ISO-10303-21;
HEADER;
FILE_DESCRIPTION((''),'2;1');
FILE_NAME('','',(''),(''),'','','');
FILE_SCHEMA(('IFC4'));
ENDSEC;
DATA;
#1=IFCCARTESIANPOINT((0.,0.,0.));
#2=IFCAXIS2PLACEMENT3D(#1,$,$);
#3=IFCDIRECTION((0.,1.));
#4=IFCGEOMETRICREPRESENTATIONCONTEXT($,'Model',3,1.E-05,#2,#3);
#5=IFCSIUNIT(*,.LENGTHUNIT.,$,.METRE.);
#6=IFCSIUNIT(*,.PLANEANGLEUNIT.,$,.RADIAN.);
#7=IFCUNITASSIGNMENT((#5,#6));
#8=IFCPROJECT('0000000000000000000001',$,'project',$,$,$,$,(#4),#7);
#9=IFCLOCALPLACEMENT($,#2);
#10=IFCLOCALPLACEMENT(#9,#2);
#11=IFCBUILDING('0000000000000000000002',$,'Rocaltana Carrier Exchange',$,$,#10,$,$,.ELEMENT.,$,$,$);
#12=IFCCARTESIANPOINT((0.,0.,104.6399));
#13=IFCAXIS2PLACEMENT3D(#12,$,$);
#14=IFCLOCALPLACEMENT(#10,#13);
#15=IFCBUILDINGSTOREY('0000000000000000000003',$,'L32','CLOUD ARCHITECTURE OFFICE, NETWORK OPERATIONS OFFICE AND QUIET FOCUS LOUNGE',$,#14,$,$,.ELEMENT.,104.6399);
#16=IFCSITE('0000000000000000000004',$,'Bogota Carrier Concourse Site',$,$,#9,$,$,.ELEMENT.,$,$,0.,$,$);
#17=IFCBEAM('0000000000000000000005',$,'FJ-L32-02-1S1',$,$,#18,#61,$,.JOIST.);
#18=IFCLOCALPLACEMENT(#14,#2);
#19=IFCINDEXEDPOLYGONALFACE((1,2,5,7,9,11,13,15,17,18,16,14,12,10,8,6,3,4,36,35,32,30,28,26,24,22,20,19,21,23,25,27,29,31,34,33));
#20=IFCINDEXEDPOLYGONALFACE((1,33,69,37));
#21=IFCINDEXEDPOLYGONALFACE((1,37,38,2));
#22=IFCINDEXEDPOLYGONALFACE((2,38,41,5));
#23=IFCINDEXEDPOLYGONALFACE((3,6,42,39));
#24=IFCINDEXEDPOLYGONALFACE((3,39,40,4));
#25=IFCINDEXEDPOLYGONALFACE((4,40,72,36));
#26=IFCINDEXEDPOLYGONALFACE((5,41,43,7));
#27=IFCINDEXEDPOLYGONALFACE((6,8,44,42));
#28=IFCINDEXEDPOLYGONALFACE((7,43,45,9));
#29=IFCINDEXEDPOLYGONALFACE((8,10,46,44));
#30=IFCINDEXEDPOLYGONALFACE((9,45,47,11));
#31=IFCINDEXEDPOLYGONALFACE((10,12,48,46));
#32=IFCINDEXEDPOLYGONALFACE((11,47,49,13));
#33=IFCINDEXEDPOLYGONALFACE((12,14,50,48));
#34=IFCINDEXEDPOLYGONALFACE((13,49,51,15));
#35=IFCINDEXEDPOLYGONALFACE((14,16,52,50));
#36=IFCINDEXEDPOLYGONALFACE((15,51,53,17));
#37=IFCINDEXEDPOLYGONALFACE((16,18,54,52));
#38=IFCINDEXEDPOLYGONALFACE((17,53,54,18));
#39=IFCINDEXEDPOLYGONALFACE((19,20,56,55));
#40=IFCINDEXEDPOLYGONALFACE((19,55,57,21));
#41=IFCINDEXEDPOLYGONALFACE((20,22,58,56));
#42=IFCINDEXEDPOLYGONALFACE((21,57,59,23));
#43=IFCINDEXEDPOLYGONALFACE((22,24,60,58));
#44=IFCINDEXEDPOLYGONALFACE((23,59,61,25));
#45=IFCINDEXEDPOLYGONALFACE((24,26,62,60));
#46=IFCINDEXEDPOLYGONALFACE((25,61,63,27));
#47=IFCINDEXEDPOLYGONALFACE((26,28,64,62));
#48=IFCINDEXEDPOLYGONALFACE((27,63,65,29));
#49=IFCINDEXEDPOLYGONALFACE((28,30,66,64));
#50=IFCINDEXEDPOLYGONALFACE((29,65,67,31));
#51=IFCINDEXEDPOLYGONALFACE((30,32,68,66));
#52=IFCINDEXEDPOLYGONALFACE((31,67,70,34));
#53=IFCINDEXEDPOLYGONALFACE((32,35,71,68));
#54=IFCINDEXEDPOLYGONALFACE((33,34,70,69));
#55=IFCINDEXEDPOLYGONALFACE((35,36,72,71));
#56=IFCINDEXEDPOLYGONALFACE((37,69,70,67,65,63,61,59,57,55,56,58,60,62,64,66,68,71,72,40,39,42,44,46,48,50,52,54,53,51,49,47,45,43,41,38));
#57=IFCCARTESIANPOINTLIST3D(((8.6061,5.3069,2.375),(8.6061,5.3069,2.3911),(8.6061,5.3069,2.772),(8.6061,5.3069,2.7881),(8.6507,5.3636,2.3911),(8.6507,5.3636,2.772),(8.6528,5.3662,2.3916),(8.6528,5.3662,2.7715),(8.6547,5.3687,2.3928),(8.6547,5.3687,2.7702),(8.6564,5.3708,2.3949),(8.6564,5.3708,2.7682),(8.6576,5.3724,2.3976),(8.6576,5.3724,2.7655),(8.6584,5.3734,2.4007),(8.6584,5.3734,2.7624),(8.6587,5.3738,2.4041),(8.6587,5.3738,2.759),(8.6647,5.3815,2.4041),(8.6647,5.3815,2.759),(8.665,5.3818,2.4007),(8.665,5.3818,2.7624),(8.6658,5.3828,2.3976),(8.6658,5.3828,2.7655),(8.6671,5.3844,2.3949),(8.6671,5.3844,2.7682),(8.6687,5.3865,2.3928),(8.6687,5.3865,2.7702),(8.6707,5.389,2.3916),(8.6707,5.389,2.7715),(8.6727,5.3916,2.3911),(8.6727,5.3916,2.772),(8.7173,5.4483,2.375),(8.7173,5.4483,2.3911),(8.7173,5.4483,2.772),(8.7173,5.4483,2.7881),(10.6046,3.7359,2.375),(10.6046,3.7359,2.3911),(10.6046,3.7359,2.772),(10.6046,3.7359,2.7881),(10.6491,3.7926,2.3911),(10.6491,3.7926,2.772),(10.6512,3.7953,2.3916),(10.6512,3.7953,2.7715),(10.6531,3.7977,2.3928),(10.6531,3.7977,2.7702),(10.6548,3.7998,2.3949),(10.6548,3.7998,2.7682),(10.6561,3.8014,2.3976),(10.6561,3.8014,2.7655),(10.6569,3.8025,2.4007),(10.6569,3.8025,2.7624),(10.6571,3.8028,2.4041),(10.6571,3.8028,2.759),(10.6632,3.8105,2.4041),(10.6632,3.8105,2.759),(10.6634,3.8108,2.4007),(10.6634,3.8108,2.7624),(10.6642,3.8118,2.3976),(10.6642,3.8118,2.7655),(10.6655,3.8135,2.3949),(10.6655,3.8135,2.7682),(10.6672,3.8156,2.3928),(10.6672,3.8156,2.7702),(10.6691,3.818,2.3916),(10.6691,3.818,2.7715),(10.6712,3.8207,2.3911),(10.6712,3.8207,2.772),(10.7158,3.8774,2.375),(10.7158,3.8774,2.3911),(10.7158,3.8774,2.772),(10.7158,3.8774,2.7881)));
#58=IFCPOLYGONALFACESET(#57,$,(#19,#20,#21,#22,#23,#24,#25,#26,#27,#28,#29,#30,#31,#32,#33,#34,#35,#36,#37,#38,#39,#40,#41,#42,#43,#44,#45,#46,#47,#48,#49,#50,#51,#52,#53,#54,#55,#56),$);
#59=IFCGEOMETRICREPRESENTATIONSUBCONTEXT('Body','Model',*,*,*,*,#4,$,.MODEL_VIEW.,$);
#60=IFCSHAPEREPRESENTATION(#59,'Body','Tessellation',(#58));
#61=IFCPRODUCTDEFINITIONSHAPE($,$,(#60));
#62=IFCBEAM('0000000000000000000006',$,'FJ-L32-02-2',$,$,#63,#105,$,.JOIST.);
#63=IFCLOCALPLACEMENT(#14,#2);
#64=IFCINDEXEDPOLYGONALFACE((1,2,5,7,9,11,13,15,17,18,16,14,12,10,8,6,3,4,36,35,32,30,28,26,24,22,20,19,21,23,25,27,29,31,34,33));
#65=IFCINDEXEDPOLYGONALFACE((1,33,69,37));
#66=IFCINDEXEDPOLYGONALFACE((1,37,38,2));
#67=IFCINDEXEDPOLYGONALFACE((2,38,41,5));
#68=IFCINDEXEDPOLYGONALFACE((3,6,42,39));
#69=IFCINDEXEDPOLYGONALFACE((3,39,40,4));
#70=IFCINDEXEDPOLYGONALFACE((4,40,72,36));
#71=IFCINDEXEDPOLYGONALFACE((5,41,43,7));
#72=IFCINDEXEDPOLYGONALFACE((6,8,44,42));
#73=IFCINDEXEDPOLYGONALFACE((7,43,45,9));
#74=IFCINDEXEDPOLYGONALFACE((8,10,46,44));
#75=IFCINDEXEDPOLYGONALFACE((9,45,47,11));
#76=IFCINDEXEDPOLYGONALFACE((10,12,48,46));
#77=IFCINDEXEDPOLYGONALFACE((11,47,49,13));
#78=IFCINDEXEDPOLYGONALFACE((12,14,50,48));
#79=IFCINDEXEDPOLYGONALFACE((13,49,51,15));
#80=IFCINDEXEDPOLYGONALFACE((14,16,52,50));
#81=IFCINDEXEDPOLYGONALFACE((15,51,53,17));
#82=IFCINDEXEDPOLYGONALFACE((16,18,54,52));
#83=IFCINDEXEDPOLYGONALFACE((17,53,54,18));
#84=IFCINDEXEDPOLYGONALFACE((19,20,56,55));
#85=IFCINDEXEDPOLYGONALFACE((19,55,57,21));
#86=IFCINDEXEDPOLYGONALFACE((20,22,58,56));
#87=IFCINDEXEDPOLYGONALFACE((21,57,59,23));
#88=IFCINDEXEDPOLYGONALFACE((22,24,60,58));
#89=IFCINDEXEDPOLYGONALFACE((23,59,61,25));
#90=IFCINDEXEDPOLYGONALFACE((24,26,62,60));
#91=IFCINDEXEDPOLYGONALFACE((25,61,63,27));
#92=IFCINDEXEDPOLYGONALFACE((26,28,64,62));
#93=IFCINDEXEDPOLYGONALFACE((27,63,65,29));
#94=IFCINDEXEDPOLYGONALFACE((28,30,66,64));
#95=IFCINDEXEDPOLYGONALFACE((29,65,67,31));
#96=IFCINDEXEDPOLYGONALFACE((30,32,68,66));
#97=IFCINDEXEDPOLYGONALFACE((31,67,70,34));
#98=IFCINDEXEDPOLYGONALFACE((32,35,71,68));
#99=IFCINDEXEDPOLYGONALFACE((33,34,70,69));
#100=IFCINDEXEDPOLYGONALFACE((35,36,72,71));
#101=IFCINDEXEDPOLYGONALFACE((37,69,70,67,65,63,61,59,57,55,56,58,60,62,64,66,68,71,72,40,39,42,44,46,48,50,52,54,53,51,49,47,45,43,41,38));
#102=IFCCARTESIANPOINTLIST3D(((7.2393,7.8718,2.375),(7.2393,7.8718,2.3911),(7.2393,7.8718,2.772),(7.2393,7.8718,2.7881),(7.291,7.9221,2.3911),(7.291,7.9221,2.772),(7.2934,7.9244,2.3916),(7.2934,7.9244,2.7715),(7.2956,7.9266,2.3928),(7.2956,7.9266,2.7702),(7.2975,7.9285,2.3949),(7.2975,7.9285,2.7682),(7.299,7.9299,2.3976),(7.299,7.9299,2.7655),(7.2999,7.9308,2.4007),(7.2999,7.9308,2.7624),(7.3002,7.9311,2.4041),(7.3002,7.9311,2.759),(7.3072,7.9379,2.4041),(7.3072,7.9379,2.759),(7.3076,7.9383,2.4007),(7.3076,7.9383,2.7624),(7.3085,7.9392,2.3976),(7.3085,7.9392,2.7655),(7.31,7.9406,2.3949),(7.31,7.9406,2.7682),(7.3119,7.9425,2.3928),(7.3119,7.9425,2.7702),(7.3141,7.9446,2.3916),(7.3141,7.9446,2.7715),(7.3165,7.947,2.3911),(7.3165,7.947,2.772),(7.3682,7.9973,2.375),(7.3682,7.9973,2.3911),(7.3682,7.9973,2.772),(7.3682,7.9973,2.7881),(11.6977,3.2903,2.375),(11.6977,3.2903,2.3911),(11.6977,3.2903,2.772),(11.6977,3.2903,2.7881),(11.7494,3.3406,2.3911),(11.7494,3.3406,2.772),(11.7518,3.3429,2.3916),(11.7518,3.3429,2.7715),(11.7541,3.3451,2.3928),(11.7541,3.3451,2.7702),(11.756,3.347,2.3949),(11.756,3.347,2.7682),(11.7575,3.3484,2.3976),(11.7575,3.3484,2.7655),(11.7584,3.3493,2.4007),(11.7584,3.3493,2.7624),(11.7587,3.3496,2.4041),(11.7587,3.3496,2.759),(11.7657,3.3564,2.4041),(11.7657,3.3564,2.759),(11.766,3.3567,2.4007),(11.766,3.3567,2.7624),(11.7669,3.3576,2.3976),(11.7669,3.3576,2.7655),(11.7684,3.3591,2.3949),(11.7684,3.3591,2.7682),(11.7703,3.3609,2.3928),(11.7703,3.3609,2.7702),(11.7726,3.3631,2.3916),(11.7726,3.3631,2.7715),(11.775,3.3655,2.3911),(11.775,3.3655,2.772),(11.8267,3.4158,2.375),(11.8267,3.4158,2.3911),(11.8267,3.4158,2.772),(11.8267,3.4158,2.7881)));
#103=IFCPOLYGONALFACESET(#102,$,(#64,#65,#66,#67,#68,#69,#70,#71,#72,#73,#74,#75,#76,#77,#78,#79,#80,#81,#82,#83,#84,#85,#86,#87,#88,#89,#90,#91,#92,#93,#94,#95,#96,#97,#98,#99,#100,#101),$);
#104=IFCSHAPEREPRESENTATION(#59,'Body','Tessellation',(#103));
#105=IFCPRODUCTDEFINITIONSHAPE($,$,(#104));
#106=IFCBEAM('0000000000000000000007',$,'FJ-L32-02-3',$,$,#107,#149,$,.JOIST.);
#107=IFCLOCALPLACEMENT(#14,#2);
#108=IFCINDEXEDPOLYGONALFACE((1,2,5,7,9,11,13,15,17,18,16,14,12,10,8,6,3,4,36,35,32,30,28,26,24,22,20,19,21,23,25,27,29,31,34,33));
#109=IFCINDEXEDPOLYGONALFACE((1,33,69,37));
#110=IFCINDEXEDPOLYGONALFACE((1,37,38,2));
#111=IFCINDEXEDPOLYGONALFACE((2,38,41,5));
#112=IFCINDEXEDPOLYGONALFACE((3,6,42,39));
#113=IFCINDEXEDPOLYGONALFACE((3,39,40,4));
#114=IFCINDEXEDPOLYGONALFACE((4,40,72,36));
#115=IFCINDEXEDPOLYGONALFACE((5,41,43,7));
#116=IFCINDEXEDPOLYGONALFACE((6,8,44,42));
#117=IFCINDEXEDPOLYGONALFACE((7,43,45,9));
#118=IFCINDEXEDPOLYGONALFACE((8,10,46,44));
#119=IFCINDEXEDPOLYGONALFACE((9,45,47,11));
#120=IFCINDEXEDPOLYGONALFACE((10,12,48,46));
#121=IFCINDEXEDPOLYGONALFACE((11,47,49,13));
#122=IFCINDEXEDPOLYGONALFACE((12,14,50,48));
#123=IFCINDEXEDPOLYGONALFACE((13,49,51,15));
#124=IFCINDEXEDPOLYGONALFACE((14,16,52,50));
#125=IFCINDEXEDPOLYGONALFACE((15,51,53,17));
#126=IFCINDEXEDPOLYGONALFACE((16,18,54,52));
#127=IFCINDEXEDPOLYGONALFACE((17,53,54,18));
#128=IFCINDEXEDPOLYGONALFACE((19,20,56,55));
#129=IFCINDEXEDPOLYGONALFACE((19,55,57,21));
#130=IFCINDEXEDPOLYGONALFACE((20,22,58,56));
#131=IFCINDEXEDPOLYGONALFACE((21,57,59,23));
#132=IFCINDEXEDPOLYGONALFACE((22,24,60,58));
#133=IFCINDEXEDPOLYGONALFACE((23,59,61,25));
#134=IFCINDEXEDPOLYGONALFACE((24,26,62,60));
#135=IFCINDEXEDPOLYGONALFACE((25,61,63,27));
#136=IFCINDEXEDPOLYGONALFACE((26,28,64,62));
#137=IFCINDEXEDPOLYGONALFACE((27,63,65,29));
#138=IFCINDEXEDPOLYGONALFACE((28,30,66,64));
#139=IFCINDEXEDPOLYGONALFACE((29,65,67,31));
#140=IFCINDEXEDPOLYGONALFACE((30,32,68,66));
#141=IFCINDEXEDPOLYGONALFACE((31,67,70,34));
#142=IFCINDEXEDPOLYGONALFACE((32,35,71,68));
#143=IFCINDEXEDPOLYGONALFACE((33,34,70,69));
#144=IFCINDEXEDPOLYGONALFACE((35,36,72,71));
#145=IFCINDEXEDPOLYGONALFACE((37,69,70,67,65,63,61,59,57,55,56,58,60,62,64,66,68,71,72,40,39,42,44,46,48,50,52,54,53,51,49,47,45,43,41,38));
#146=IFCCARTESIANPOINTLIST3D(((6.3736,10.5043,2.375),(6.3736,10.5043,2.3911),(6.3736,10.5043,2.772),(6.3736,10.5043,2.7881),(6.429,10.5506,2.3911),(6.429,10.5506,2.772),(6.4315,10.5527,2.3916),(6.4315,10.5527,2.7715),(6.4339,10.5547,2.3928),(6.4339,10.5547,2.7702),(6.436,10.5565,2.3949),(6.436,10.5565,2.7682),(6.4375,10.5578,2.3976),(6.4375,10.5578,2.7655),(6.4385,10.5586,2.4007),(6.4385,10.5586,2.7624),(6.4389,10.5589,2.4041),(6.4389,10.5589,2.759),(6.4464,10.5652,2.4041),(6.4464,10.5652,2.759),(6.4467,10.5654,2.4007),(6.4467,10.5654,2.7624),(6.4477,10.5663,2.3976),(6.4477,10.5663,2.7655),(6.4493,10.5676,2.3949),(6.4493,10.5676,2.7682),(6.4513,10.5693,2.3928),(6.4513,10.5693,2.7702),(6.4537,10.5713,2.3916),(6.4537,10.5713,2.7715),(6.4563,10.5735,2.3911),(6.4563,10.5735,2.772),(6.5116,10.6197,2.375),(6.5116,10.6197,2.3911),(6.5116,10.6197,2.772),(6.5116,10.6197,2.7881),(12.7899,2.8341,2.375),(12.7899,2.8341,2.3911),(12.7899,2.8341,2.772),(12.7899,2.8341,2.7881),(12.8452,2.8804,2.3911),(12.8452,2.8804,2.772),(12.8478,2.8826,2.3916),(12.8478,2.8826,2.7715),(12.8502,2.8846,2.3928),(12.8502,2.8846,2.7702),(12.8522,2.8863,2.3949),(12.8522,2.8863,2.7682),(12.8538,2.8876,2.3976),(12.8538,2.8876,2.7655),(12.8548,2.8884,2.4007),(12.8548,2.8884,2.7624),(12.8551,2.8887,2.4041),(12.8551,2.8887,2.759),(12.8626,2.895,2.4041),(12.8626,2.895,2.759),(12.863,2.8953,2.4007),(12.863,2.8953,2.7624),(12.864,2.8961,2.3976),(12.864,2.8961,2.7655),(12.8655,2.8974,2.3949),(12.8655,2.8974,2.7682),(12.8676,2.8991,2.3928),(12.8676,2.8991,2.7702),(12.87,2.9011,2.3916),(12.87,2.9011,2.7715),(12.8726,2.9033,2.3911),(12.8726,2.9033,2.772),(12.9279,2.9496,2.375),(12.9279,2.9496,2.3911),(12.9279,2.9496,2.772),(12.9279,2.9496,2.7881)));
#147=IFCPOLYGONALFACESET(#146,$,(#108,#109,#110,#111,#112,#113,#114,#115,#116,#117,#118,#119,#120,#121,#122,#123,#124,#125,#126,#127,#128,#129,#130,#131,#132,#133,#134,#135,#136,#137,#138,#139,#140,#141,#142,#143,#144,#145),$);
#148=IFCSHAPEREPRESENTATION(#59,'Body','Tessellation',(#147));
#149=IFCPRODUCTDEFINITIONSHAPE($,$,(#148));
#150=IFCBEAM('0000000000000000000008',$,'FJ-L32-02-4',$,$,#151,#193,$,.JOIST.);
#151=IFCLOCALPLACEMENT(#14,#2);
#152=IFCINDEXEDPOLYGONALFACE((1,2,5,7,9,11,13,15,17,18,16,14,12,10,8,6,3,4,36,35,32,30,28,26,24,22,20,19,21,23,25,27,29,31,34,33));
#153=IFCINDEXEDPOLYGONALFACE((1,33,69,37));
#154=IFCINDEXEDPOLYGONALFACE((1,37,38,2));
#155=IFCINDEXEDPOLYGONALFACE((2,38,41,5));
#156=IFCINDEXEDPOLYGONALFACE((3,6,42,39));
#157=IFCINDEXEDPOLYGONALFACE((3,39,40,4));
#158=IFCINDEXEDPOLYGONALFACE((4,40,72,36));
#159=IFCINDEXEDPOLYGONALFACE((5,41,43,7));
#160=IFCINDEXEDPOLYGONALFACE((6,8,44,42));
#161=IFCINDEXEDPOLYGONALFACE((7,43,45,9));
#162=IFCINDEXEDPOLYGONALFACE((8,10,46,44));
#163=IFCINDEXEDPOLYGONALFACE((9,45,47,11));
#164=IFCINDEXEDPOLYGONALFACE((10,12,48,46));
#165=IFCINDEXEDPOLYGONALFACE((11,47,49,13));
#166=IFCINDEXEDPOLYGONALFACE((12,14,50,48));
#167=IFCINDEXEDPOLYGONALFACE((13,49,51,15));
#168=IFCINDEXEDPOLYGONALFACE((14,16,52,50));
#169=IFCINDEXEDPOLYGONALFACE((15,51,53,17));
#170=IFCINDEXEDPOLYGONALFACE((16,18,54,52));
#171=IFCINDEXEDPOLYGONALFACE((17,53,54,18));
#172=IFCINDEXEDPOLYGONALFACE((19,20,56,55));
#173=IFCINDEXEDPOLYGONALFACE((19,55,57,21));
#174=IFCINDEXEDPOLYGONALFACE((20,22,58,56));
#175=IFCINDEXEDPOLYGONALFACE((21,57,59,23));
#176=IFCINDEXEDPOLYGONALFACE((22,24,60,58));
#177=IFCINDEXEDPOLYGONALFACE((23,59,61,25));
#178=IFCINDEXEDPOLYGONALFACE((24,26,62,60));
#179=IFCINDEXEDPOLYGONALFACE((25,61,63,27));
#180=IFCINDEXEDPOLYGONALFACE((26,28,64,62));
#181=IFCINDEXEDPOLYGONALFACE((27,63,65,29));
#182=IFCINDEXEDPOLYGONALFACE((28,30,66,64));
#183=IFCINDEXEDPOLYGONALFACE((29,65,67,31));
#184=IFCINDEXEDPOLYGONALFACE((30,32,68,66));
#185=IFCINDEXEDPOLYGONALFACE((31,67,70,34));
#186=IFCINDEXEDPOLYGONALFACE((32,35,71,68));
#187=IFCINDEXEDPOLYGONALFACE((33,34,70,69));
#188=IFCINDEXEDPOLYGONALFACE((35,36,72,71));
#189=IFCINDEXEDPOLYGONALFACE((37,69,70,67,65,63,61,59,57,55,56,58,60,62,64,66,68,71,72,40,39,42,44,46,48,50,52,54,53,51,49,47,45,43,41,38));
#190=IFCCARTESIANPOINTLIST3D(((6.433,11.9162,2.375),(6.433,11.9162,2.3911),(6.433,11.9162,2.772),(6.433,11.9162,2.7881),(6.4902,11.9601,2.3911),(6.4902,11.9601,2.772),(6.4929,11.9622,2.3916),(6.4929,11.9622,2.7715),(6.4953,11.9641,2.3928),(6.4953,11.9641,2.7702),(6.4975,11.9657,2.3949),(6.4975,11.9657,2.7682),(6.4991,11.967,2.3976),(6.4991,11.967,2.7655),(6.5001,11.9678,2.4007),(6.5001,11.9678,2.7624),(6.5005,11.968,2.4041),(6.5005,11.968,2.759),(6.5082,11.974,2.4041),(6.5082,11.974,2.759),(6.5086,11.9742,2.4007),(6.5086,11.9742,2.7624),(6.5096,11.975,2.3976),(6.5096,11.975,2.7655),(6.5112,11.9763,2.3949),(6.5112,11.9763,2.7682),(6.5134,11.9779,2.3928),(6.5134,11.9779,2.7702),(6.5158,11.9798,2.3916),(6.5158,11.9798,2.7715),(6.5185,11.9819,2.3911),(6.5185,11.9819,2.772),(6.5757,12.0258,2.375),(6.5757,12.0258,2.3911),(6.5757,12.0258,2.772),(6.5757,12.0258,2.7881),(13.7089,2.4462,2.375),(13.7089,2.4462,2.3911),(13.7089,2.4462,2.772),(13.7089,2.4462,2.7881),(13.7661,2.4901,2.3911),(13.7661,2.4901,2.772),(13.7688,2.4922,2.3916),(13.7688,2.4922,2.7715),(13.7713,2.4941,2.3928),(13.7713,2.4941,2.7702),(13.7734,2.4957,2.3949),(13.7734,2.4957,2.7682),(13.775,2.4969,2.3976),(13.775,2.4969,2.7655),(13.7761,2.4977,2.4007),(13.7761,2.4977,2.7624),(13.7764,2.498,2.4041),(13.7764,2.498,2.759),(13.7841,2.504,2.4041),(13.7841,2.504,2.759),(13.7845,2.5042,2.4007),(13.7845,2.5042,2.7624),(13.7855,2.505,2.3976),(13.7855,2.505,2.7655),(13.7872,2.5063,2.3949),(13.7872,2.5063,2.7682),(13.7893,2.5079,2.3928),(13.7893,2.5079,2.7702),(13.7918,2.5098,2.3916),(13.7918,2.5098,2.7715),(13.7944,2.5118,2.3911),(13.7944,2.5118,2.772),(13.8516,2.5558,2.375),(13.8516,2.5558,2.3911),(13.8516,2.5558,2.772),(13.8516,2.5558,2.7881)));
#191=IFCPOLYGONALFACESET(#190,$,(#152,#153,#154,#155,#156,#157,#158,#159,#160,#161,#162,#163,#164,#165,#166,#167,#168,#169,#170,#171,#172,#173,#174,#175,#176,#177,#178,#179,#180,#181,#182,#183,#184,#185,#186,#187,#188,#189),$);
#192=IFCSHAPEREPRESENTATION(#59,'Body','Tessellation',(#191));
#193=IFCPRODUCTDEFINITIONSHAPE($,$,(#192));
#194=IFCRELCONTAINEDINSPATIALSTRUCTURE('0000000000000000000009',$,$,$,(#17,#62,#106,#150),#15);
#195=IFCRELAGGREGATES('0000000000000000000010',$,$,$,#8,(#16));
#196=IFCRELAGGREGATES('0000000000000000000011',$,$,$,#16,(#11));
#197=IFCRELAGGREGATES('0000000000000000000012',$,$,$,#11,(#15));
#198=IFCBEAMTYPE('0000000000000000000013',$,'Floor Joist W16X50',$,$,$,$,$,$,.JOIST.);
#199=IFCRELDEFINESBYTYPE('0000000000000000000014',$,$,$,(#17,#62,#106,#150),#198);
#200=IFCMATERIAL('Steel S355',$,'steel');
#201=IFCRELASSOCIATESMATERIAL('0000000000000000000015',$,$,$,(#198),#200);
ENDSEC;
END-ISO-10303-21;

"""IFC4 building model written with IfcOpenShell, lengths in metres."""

from ifc_helpers import new_model, si_unit, direction, frame, origin, origin_2d, place, context, subcontext, project, spatial, i_section, extrude, material, material_profile, profile_set, type_object, element, save


model = new_model("IFC4")

# Units and contexts
model_context = context("Model", 3, precision=1e-05, world=origin(), true_north=direction((0.0, 1.0)))
body_context = subcontext(model_context, "Body", "Model", "MODEL_VIEW")
ifc_project = project(units=[si_unit("LENGTHUNIT", "METRE"), si_unit("PLANEANGLEUNIT", "RADIAN")], contexts=[model_context])

# Site, building, storey
site_placement = place(None, origin())
site = spatial("IfcSite", under=ifc_project, at=site_placement, Name="Bogota Carrier Concourse Site", CompositionType="ELEMENT", RefElevation=0.0)
building_placement = place(site_placement, origin())
building = spatial("IfcBuilding", under=site, at=building_placement, Name="Rocaltana Carrier Exchange", CompositionType="ELEMENT")
storey_placement = place(building_placement, frame((0.0, 0.0, 104.6399)))
storey = spatial("IfcBuildingStorey", under=building, at=storey_placement, Name="L32", Description="CLOUD ARCHITECTURE OFFICE, NETWORK OPERATIONS OFFICE AND QUIET FOCUS LOUNGE", CompositionType="ELEMENT", Elevation=104.6399)

# Beams
ifc_material_1 = material(Name="Steel S355", Category="steel")
ifc_material_profile_1 = material_profile(ifc_material_1, i_section(OverallWidth=0.1799, OverallDepth=0.4131, WebThickness=0.0098, FlangeThickness=0.0161, FilletRadius=0.0129, at=origin_2d()), Name="W16X50")
ifc_profile_set_1 = profile_set([ifc_material_profile_1], Name="Steel S355")
beam_type_1 = type_object("IfcBeamType", Name="Floor Joist W16X50", PredefinedType="JOIST", material=ifc_profile_set_1)
beam_1_placement = place(storey_placement, frame((10.6602, 3.8066, 2.5815), z_axis=(-0.786172, 0.618008, 0.0), x_axis=(-0.618008, -0.786172, 0.0)))
element("IfcBeam", 1, at=beam_1_placement, inside=storey, type_object=beam_type_1, Name="FJ-L32-02-1S1", PredefinedType="JOIST", context=body_context, shape_type="SweptSolid", body=[
    extrude(i_section(OverallWidth=0.1799, OverallDepth=0.4131, WebThickness=0.0098, FlangeThickness=0.0161, FilletRadius=0.0129, at=origin_2d()), origin(), (0.0, 0.0, 1.0), 2.542),
])
beam_2_placement = place(storey_placement, frame((11.7622, 3.353, 2.5815), z_axis=(-0.697418, 0.716665, 0.0), x_axis=(-0.716665, -0.697418, 0.0)))
element("IfcBeam", 2, at=beam_2_placement, inside=storey, type_object=beam_type_1, Name="FJ-L32-02-2", PredefinedType="JOIST", context=body_context, shape_type="SweptSolid", body=[
    extrude(i_section(OverallWidth=0.1799, OverallDepth=0.4131, WebThickness=0.0098, FlangeThickness=0.0161, FilletRadius=0.0129, at=origin_2d()), origin(), (0.0, 0.0, 1.0), 6.3928),
])
beam_3_placement = place(storey_placement, frame((12.8589, 2.8918, 2.5815), z_axis=(-0.641627, 0.767017, 0.0), x_axis=(-0.767017, -0.641627, 0.0)))
element("IfcBeam", 3, at=beam_3_placement, inside=storey, type_object=beam_type_1, Name="FJ-L32-02-3", PredefinedType="JOIST", context=body_context, shape_type="SweptSolid", body=[
    extrude(i_section(OverallWidth=0.1799, OverallDepth=0.4131, WebThickness=0.0098, FlangeThickness=0.0161, FilletRadius=0.0129, at=origin_2d()), origin(), (0.0, 0.0, 1.0), 10.0),
])
beam_4_placement = place(storey_placement, frame((13.7803, 2.501, 2.5815), z_axis=(-0.609252, 0.792976, 0.0), x_axis=(-0.792976, -0.609252, 0.0)))
element("IfcBeam", 4, at=beam_4_placement, inside=storey, type_object=beam_type_1, Name="FJ-L32-02-4", PredefinedType="JOIST", context=body_context, shape_type="SweptSolid", body=[
    extrude(i_section(OverallWidth=0.1799, OverallDepth=0.4131, WebThickness=0.0098, FlangeThickness=0.0161, FilletRadius=0.0129, at=origin_2d()), origin(), (0.0, 0.0, 1.0), 11.9424),
])

save(model, "model.ifc")
